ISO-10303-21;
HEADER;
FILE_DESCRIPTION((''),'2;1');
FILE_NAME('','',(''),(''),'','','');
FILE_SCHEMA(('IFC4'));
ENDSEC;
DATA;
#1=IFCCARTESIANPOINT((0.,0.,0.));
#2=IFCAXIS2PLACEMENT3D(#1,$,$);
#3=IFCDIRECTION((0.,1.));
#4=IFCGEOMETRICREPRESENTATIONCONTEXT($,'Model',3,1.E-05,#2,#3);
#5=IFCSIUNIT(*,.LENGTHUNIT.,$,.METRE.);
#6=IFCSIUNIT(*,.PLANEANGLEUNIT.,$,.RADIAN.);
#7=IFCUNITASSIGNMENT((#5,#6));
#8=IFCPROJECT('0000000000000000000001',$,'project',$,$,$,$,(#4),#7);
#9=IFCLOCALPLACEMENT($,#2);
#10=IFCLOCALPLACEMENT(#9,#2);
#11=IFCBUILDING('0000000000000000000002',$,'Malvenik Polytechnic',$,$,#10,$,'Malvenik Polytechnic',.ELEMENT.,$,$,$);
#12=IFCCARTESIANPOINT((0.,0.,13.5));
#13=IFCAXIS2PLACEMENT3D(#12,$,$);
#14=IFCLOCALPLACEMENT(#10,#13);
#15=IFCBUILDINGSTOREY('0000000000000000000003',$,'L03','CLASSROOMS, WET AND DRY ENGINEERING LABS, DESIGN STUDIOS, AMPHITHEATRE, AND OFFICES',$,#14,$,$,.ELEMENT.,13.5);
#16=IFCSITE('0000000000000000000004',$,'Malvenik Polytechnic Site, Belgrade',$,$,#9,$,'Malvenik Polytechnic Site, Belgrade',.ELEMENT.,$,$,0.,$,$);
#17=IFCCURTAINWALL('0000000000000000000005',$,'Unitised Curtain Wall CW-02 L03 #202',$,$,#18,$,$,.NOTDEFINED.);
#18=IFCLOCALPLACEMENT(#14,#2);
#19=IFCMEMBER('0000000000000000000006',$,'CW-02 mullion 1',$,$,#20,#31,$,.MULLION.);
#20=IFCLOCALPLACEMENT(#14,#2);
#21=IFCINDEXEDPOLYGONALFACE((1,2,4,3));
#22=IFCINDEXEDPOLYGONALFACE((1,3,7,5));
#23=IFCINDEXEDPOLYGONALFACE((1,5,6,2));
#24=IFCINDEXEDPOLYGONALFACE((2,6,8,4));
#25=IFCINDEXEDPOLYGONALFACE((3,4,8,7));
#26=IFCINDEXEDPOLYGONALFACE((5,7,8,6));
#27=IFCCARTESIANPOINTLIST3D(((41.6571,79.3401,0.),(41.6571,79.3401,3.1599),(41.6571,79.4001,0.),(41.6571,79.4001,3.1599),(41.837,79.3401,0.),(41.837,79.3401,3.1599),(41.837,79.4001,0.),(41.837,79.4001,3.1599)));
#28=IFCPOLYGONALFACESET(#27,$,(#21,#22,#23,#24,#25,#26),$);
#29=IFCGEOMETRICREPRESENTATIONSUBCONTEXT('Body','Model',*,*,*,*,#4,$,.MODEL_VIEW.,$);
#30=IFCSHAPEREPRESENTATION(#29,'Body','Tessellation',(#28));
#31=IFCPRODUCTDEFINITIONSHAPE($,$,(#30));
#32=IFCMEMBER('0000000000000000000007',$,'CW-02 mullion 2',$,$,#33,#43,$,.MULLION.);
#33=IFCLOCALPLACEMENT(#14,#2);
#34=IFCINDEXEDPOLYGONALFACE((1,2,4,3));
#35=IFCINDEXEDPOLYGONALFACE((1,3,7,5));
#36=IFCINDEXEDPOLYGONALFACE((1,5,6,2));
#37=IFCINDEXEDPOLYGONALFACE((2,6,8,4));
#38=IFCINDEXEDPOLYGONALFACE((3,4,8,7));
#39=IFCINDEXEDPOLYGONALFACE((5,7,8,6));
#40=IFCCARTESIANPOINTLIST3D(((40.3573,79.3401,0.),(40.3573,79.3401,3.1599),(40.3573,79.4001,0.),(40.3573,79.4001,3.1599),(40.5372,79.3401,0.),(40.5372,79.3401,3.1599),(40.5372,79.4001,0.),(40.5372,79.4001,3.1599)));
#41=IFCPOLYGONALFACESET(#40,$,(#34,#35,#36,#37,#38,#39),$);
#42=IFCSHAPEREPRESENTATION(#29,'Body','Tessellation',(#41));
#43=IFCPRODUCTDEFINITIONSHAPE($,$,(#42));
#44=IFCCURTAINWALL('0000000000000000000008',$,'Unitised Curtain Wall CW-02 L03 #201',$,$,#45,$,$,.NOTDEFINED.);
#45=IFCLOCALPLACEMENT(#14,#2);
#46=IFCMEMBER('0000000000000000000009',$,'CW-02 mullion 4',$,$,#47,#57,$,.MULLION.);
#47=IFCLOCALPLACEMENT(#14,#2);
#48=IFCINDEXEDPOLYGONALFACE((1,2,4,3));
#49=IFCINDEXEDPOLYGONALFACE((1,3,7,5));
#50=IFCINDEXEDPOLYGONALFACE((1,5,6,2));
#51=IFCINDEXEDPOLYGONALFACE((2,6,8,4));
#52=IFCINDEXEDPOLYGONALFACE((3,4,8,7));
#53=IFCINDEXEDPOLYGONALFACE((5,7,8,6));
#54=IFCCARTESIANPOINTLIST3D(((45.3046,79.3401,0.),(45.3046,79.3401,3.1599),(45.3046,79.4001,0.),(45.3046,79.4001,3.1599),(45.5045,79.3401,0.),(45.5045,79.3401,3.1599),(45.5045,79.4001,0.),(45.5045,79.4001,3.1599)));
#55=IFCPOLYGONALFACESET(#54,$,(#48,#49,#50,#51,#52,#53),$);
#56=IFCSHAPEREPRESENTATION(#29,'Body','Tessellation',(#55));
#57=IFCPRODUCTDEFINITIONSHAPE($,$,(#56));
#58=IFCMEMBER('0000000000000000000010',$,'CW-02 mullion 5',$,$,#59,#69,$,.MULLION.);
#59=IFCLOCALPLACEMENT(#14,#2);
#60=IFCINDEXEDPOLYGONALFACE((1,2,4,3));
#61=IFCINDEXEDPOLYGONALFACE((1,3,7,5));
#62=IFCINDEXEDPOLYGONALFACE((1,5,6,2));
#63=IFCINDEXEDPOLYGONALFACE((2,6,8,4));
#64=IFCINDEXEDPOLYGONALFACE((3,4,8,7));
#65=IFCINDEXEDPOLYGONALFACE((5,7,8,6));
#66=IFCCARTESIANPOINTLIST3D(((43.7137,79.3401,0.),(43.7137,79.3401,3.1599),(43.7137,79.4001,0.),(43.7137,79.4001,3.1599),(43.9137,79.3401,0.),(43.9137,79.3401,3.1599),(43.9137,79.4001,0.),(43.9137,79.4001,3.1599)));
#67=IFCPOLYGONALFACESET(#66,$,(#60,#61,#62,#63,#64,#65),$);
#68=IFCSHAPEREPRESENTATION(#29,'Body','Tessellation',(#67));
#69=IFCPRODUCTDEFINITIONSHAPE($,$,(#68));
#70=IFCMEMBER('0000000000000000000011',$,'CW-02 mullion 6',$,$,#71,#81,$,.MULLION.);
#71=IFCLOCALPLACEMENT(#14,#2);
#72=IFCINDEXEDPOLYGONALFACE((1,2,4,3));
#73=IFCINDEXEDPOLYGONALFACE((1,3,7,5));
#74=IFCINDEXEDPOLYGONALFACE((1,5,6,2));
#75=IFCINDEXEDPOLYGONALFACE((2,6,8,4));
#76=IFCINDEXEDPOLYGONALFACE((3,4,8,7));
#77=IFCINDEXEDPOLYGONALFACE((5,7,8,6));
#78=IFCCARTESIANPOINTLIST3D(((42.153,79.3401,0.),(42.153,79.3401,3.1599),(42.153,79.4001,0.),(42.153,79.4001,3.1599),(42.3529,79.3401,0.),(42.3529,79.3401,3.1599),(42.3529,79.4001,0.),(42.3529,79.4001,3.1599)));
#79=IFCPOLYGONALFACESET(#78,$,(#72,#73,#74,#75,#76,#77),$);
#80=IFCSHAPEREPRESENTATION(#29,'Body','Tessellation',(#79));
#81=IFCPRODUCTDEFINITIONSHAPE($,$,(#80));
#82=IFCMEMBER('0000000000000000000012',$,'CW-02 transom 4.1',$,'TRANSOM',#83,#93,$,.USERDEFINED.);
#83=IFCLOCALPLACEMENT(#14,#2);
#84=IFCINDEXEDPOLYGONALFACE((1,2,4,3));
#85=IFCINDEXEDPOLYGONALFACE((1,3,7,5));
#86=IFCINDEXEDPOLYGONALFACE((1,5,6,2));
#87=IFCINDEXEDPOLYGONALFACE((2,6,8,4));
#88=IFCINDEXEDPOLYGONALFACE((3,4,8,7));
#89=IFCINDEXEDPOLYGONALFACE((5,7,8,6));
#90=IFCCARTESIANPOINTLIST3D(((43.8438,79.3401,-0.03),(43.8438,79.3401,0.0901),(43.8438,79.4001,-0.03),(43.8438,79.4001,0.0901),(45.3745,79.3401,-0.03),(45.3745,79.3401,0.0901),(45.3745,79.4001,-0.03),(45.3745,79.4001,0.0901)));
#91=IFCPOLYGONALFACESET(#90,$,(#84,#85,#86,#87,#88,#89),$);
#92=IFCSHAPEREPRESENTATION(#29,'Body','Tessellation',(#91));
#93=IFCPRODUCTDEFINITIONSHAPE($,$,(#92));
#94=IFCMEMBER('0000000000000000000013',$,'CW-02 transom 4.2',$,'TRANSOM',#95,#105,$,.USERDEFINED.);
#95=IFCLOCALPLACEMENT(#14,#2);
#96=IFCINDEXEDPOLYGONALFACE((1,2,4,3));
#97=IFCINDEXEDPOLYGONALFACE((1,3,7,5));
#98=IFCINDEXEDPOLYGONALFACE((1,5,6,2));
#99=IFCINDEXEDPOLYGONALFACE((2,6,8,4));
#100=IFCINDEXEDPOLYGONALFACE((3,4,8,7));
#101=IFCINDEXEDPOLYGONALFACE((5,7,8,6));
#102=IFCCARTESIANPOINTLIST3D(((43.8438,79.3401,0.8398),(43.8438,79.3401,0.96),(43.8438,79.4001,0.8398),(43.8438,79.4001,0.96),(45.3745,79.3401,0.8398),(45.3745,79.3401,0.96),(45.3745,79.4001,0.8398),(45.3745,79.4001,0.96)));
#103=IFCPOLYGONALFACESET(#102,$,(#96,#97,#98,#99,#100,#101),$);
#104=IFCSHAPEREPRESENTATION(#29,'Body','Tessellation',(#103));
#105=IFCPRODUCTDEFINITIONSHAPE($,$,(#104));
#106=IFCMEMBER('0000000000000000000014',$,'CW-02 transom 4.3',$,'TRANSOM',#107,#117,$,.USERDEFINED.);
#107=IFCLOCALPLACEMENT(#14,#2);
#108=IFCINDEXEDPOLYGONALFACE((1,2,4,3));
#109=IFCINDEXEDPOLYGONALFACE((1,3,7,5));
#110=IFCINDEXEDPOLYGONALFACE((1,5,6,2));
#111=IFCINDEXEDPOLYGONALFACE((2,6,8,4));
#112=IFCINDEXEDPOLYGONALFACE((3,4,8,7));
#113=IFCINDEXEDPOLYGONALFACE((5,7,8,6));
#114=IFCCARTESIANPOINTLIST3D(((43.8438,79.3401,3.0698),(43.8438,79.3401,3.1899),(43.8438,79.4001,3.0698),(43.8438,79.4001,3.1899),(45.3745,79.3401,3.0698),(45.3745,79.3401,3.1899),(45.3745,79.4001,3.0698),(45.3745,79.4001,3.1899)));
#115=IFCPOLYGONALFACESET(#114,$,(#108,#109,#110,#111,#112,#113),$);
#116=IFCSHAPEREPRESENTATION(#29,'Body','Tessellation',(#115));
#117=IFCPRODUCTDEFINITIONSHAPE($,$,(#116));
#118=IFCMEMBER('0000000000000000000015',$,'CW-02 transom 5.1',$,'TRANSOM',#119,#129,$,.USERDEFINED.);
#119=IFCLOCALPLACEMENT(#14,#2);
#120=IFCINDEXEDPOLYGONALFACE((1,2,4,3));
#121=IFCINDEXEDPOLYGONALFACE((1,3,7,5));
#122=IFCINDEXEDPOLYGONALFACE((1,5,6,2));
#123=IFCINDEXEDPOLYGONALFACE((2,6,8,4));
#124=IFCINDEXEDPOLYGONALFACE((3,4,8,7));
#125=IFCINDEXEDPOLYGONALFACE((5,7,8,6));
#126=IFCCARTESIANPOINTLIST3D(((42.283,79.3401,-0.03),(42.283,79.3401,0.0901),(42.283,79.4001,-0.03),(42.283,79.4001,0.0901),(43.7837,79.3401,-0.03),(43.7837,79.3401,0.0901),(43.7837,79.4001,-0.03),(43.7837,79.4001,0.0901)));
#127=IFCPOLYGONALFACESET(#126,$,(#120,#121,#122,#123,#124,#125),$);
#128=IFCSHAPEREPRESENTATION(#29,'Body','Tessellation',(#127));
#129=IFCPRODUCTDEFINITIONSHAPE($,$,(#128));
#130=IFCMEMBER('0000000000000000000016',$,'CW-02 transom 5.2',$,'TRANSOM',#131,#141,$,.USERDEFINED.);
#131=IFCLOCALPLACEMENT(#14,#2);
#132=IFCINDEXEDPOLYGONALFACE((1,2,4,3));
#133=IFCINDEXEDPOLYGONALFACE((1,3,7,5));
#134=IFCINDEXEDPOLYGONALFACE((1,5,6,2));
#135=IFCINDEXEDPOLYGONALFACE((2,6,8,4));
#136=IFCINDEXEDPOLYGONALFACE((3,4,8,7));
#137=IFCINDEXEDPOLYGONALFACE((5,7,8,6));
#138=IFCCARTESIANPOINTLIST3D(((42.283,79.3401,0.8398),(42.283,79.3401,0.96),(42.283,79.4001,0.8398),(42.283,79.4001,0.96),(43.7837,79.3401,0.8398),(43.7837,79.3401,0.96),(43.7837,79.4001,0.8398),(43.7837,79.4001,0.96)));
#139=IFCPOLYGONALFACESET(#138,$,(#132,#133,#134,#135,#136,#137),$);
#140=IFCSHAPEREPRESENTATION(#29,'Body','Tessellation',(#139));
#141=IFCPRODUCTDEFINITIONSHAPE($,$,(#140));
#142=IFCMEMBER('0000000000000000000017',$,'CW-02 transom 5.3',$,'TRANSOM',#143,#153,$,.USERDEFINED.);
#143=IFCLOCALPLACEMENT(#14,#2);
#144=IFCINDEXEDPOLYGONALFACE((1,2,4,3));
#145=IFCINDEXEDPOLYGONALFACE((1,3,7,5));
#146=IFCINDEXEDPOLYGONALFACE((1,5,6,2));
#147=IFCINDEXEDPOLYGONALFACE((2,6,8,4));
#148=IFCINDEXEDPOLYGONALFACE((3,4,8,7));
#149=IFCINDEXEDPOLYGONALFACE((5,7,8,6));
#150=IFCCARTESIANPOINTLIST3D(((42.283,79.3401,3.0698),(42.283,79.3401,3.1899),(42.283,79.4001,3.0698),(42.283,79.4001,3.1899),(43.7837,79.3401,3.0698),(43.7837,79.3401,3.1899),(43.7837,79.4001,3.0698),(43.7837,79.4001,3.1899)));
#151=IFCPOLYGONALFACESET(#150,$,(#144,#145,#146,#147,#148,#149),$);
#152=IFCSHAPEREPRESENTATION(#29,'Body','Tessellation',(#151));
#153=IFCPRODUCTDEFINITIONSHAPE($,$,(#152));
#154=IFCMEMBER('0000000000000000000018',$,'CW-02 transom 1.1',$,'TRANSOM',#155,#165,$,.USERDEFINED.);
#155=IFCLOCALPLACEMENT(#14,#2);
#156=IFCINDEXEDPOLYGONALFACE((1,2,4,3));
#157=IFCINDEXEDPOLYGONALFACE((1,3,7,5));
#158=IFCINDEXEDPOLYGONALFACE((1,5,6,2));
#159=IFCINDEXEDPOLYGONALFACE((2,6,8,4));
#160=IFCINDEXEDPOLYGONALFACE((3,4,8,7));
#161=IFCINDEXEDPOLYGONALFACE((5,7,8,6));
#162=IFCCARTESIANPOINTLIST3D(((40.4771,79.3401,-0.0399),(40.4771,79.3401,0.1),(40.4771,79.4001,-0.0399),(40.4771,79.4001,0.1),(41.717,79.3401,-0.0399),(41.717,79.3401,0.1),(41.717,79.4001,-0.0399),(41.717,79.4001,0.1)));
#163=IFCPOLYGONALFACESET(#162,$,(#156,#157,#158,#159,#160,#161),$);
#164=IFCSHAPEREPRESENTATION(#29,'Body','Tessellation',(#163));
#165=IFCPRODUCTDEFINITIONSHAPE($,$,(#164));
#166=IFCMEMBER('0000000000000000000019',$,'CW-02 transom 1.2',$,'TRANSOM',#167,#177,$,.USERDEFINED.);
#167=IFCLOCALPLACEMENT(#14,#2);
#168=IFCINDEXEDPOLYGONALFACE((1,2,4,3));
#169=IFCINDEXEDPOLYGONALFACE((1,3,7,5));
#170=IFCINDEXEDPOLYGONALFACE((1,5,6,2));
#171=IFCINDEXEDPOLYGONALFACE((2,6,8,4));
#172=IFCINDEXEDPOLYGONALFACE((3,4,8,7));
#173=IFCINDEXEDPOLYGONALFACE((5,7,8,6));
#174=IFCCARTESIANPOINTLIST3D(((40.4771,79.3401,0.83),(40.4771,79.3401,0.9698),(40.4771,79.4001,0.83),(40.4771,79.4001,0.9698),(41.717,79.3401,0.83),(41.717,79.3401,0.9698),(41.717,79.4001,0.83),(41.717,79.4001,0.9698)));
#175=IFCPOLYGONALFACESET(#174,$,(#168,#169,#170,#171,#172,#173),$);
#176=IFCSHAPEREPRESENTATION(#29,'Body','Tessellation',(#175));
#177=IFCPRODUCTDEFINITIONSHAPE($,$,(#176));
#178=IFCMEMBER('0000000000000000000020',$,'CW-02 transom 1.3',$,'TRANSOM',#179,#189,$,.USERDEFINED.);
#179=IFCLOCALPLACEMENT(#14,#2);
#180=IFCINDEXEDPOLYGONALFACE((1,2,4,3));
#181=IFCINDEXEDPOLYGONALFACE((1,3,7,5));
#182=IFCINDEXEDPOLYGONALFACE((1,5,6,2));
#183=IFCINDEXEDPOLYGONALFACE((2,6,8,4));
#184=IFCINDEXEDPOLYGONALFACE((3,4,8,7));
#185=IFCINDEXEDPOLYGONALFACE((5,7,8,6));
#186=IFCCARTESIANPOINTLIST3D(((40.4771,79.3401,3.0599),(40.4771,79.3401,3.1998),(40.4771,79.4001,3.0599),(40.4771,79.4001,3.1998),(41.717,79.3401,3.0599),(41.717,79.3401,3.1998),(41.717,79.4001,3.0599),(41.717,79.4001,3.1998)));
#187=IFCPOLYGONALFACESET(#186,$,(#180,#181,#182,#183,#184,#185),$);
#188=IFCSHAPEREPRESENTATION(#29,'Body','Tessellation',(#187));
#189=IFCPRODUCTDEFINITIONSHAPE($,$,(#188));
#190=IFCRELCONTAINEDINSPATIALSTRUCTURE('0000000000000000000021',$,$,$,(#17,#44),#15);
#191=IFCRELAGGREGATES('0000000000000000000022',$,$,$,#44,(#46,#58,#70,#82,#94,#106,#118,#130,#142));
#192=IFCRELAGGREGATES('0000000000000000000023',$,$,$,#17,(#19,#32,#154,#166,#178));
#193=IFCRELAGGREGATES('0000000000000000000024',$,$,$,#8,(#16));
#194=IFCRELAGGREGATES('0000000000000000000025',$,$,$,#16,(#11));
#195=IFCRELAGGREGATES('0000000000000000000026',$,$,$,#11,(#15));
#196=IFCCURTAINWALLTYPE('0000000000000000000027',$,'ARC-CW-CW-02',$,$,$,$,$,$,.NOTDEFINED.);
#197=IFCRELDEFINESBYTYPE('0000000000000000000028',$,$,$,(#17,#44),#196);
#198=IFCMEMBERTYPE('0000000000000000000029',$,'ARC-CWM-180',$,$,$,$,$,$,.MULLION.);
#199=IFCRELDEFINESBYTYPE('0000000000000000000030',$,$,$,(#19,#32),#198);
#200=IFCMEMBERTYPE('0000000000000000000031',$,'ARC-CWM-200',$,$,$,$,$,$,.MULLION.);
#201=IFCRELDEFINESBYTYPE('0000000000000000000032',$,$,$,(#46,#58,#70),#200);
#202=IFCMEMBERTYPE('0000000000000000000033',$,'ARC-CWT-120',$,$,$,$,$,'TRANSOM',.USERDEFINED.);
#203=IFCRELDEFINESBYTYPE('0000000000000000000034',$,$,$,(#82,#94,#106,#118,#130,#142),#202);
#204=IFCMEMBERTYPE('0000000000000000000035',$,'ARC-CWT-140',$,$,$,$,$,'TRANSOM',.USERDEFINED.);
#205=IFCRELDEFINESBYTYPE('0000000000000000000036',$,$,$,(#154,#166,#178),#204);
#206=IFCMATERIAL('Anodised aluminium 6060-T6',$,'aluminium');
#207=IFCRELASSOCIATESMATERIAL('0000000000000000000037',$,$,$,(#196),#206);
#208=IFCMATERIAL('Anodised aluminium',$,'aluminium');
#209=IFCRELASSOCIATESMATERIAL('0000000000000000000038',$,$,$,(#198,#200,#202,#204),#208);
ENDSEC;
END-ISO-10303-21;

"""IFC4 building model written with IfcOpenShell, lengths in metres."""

from ifc_helpers import new_model, si_unit, direction, frame, origin, origin_2d, place, context, subcontext, project, spatial, rectangle, extrude, material, material_profile, profile_set, type_object, element, aggregate, save


model = new_model("IFC4")

# Units and contexts
model_context = context("Model", 3, precision=1e-05, world=origin(), true_north=direction((0.0, 1.0)))
body_context = subcontext(model_context, "Body", "Model", "MODEL_VIEW")
ifc_project = project(units=[si_unit("LENGTHUNIT", "METRE"), si_unit("PLANEANGLEUNIT", "RADIAN")], contexts=[model_context])

# Site, building, storey
site_placement = place(None, origin())
site = spatial("IfcSite", under=ifc_project, at=site_placement, Name="Malvenik Polytechnic Site, Belgrade", LongName="Malvenik Polytechnic Site, Belgrade", CompositionType="ELEMENT", RefElevation=0.0)
building_placement = place(site_placement, origin())
building = spatial("IfcBuilding", under=site, at=building_placement, Name="Malvenik Polytechnic", LongName="Malvenik Polytechnic", CompositionType="ELEMENT")
storey_placement = place(building_placement, frame((0.0, 0.0, 13.5)))
storey = spatial("IfcBuildingStorey", under=building, at=storey_placement, Name="L03", Description="CLASSROOMS, WET AND DRY ENGINEERING LABS, DESIGN STUDIOS, AMPHITHEATRE, AND OFFICES", CompositionType="ELEMENT", Elevation=13.5)

# Curtain walls, members
ifc_material_1 = material(Name="Anodised aluminium 6060-T6", Category="aluminium")
curtain_wall_type = type_object("IfcCurtainWallType", Name="ARC-CW-CW-02", PredefinedType="NOTDEFINED", material=ifc_material_1)
curtain_wall_1_placement = place(storey_placement, origin())
curtain_wall_1 = element("IfcCurtainWall", 1, at=curtain_wall_1_placement, inside=storey, type_object=curtain_wall_type, Name="Unitised Curtain Wall CW-02 L03 #202", PredefinedType="NOTDEFINED")
ifc_material_2 = material(Name="Anodised aluminium", Category="aluminium")
ifc_material_profile_1 = material_profile(ifc_material_2, rectangle(XDim=0.0601, YDim=0.1799, at=origin_2d()), Name="ALU MULLION 60x180")
ifc_profile_set_1 = profile_set([ifc_material_profile_1], Name="Anodised aluminium")
member_type_1 = type_object("IfcMemberType", Name="ARC-CWM-180", PredefinedType="MULLION", material=ifc_profile_set_1)
member_1_placement = place(storey_placement, frame((41.7471, 79.3701, 0.0), z_axis=(0.0, 0.0, 1.0), x_axis=(0.0, -1.0, 0.0)))
member_1 = element("IfcMember", 2, at=member_1_placement, type_object=member_type_1, Name="CW-02 mullion 1", PredefinedType="MULLION", context=body_context, shape_type="SweptSolid", body=[
    extrude(rectangle(XDim=0.0601, YDim=0.1799, at=origin_2d()), origin(), (0.0, 0.0, 1.0), 3.1599),
])
member_2_placement = place(storey_placement, frame((40.4473, 79.3701, 0.0), z_axis=(0.0, 0.0, 1.0), x_axis=(0.0, -1.0, 0.0)))
member_2 = element("IfcMember", 3, at=member_2_placement, type_object=member_type_1, Name="CW-02 mullion 2", PredefinedType="MULLION", context=body_context, shape_type="SweptSolid", body=[
    extrude(rectangle(XDim=0.0601, YDim=0.1799, at=origin_2d()), origin(), (0.0, 0.0, 1.0), 3.1599),
])
curtain_wall_2_placement = place(storey_placement, origin())
curtain_wall_2 = element("IfcCurtainWall", 4, at=curtain_wall_2_placement, inside=storey, type_object=curtain_wall_type, Name="Unitised Curtain Wall CW-02 L03 #201", PredefinedType="NOTDEFINED")
ifc_material_profile_2 = material_profile(ifc_material_2, rectangle(XDim=0.0601, YDim=0.2, at=origin_2d()), Name="ALU MULLION 60x200")
ifc_profile_set_2 = profile_set([ifc_material_profile_2], Name="Anodised aluminium")
member_type_2 = type_object("IfcMemberType", Name="ARC-CWM-200", PredefinedType="MULLION", material=ifc_profile_set_2)
member_3_placement = place(storey_placement, frame((45.4045, 79.3701, 0.0), z_axis=(0.0, 0.0, 1.0), x_axis=(0.0, -1.0, 0.0)))
member_3 = element("IfcMember", 5, at=member_3_placement, type_object=member_type_2, Name="CW-02 mullion 4", PredefinedType="MULLION", context=body_context, shape_type="SweptSolid", body=[
    extrude(rectangle(XDim=0.0601, YDim=0.2, at=origin_2d()), origin(), (0.0, 0.0, 1.0), 3.1599),
])
member_4_placement = place(storey_placement, frame((43.8137, 79.3701, 0.0), z_axis=(0.0, 0.0, 1.0), x_axis=(0.0, -1.0, 0.0)))
member_4 = element("IfcMember", 6, at=member_4_placement, type_object=member_type_2, Name="CW-02 mullion 5", PredefinedType="MULLION", context=body_context, shape_type="SweptSolid", body=[
    extrude(rectangle(XDim=0.0601, YDim=0.2, at=origin_2d()), origin(), (0.0, 0.0, 1.0), 3.1599),
])
member_5_placement = place(storey_placement, frame((42.2529, 79.3701, 0.0), z_axis=(0.0, 0.0, 1.0), x_axis=(0.0, -1.0, 0.0)))
member_5 = element("IfcMember", 7, at=member_5_placement, type_object=member_type_2, Name="CW-02 mullion 6", PredefinedType="MULLION", context=body_context, shape_type="SweptSolid", body=[
    extrude(rectangle(XDim=0.0601, YDim=0.2, at=origin_2d()), origin(), (0.0, 0.0, 1.0), 3.1599),
])
ifc_material_profile_3 = material_profile(ifc_material_2, rectangle(XDim=0.0601, YDim=0.1201, at=origin_2d()), Name="ALU TRANSOM 60x120")
ifc_profile_set_3 = profile_set([ifc_material_profile_3], Name="Anodised aluminium")
member_type_3 = type_object("IfcMemberType", Name="ARC-CWT-120", ElementType="TRANSOM", PredefinedType="USERDEFINED", material=ifc_profile_set_3)
member_6_placement = place(storey_placement, frame((45.3745, 79.3701, 0.03), z_axis=(-1.0, 0.0, 0.0), x_axis=(0.0, -1.0, 0.0)))
member_6 = element("IfcMember", 8, at=member_6_placement, type_object=member_type_3, Name="CW-02 transom 4.1", ObjectType="TRANSOM", PredefinedType="USERDEFINED", context=body_context, shape_type="SweptSolid", body=[
    extrude(rectangle(XDim=0.0601, YDim=0.1201, at=origin_2d()), origin(), (0.0, 0.0, 1.0), 1.5308),
])
member_7_placement = place(storey_placement, frame((45.3745, 79.3701, 0.8999), z_axis=(-1.0, 0.0, 0.0), x_axis=(0.0, -1.0, 0.0)))
member_7 = element("IfcMember", 9, at=member_7_placement, type_object=member_type_3, Name="CW-02 transom 4.2", ObjectType="TRANSOM", PredefinedType="USERDEFINED", context=body_context, shape_type="SweptSolid", body=[
    extrude(rectangle(XDim=0.0601, YDim=0.1201, at=origin_2d()), origin(), (0.0, 0.0, 1.0), 1.5308),
])
member_8_placement = place(storey_placement, frame((45.3745, 79.3701, 3.1299), z_axis=(-1.0, 0.0, 0.0), x_axis=(0.0, -1.0, 0.0)))
member_8 = element("IfcMember", 10, at=member_8_placement, type_object=member_type_3, Name="CW-02 transom 4.3", ObjectType="TRANSOM", PredefinedType="USERDEFINED", context=body_context, shape_type="SweptSolid", body=[
    extrude(rectangle(XDim=0.0601, YDim=0.1201, at=origin_2d()), origin(), (0.0, 0.0, 1.0), 1.5308),
])
member_9_placement = place(storey_placement, frame((43.7837, 79.3701, 0.03), z_axis=(-1.0, 0.0, 0.0), x_axis=(0.0, -1.0, 0.0)))
member_9 = element("IfcMember", 11, at=member_9_placement, type_object=member_type_3, Name="CW-02 transom 5.1", ObjectType="TRANSOM", PredefinedType="USERDEFINED", context=body_context, shape_type="SweptSolid", body=[
    extrude(rectangle(XDim=0.0601, YDim=0.1201, at=origin_2d()), origin(), (0.0, 0.0, 1.0), 1.5007),
])
member_10_placement = place(storey_placement, frame((43.7837, 79.3701, 0.8999), z_axis=(-1.0, 0.0, 0.0), x_axis=(0.0, -1.0, 0.0)))
member_10 = element("IfcMember", 12, at=member_10_placement, type_object=member_type_3, Name="CW-02 transom 5.2", ObjectType="TRANSOM", PredefinedType="USERDEFINED", context=body_context, shape_type="SweptSolid", body=[
    extrude(rectangle(XDim=0.0601, YDim=0.1201, at=origin_2d()), origin(), (0.0, 0.0, 1.0), 1.5007),
])
member_11_placement = place(storey_placement, frame((43.7837, 79.3701, 3.1299), z_axis=(-1.0, 0.0, 0.0), x_axis=(0.0, -1.0, 0.0)))
member_11 = element("IfcMember", 13, at=member_11_placement, type_object=member_type_3, Name="CW-02 transom 5.3", ObjectType="TRANSOM", PredefinedType="USERDEFINED", context=body_context, shape_type="SweptSolid", body=[
    extrude(rectangle(XDim=0.0601, YDim=0.1201, at=origin_2d()), origin(), (0.0, 0.0, 1.0), 1.5007),
])

# Members
ifc_material_profile_4 = material_profile(ifc_material_2, rectangle(XDim=0.0601, YDim=0.1399, at=origin_2d()), Name="ALU TRANSOM 60x140")
ifc_profile_set_4 = profile_set([ifc_material_profile_4], Name="Anodised aluminium")
member_type_4 = type_object("IfcMemberType", Name="ARC-CWT-140", ElementType="TRANSOM", PredefinedType="USERDEFINED", material=ifc_profile_set_4)
member_12_placement = place(storey_placement, frame((41.717, 79.3701, 0.03), z_axis=(-1.0, 0.0, 0.0), x_axis=(0.0, -1.0, 0.0)))
member_12 = element("IfcMember", 14, at=member_12_placement, type_object=member_type_4, Name="CW-02 transom 1.1", ObjectType="TRANSOM", PredefinedType="USERDEFINED", context=body_context, shape_type="SweptSolid", body=[
    extrude(rectangle(XDim=0.0601, YDim=0.1399, at=origin_2d()), origin(), (0.0, 0.0, 1.0), 1.24),
])
member_13_placement = place(storey_placement, frame((41.717, 79.3701, 0.8999), z_axis=(-1.0, 0.0, 0.0), x_axis=(0.0, -1.0, 0.0)))
member_13 = element("IfcMember", 15, at=member_13_placement, type_object=member_type_4, Name="CW-02 transom 1.2", ObjectType="TRANSOM", PredefinedType="USERDEFINED", context=body_context, shape_type="SweptSolid", body=[
    extrude(rectangle(XDim=0.0601, YDim=0.1399, at=origin_2d()), origin(), (0.0, 0.0, 1.0), 1.24),
])
member_14_placement = place(storey_placement, frame((41.717, 79.3701, 3.1299), z_axis=(-1.0, 0.0, 0.0), x_axis=(0.0, -1.0, 0.0)))
member_14 = element("IfcMember", 16, at=member_14_placement, type_object=member_type_4, Name="CW-02 transom 1.3", ObjectType="TRANSOM", PredefinedType="USERDEFINED", context=body_context, shape_type="SweptSolid", body=[
    extrude(rectangle(XDim=0.0601, YDim=0.1399, at=origin_2d()), origin(), (0.0, 0.0, 1.0), 1.24),
])

aggregate(curtain_wall_2, [member_3, member_4, member_5, member_6, member_7, member_8, member_9, member_10, member_11])
aggregate(curtain_wall_1, [member_1, member_2, member_12, member_13, member_14])

save(model, "model.ifc")
